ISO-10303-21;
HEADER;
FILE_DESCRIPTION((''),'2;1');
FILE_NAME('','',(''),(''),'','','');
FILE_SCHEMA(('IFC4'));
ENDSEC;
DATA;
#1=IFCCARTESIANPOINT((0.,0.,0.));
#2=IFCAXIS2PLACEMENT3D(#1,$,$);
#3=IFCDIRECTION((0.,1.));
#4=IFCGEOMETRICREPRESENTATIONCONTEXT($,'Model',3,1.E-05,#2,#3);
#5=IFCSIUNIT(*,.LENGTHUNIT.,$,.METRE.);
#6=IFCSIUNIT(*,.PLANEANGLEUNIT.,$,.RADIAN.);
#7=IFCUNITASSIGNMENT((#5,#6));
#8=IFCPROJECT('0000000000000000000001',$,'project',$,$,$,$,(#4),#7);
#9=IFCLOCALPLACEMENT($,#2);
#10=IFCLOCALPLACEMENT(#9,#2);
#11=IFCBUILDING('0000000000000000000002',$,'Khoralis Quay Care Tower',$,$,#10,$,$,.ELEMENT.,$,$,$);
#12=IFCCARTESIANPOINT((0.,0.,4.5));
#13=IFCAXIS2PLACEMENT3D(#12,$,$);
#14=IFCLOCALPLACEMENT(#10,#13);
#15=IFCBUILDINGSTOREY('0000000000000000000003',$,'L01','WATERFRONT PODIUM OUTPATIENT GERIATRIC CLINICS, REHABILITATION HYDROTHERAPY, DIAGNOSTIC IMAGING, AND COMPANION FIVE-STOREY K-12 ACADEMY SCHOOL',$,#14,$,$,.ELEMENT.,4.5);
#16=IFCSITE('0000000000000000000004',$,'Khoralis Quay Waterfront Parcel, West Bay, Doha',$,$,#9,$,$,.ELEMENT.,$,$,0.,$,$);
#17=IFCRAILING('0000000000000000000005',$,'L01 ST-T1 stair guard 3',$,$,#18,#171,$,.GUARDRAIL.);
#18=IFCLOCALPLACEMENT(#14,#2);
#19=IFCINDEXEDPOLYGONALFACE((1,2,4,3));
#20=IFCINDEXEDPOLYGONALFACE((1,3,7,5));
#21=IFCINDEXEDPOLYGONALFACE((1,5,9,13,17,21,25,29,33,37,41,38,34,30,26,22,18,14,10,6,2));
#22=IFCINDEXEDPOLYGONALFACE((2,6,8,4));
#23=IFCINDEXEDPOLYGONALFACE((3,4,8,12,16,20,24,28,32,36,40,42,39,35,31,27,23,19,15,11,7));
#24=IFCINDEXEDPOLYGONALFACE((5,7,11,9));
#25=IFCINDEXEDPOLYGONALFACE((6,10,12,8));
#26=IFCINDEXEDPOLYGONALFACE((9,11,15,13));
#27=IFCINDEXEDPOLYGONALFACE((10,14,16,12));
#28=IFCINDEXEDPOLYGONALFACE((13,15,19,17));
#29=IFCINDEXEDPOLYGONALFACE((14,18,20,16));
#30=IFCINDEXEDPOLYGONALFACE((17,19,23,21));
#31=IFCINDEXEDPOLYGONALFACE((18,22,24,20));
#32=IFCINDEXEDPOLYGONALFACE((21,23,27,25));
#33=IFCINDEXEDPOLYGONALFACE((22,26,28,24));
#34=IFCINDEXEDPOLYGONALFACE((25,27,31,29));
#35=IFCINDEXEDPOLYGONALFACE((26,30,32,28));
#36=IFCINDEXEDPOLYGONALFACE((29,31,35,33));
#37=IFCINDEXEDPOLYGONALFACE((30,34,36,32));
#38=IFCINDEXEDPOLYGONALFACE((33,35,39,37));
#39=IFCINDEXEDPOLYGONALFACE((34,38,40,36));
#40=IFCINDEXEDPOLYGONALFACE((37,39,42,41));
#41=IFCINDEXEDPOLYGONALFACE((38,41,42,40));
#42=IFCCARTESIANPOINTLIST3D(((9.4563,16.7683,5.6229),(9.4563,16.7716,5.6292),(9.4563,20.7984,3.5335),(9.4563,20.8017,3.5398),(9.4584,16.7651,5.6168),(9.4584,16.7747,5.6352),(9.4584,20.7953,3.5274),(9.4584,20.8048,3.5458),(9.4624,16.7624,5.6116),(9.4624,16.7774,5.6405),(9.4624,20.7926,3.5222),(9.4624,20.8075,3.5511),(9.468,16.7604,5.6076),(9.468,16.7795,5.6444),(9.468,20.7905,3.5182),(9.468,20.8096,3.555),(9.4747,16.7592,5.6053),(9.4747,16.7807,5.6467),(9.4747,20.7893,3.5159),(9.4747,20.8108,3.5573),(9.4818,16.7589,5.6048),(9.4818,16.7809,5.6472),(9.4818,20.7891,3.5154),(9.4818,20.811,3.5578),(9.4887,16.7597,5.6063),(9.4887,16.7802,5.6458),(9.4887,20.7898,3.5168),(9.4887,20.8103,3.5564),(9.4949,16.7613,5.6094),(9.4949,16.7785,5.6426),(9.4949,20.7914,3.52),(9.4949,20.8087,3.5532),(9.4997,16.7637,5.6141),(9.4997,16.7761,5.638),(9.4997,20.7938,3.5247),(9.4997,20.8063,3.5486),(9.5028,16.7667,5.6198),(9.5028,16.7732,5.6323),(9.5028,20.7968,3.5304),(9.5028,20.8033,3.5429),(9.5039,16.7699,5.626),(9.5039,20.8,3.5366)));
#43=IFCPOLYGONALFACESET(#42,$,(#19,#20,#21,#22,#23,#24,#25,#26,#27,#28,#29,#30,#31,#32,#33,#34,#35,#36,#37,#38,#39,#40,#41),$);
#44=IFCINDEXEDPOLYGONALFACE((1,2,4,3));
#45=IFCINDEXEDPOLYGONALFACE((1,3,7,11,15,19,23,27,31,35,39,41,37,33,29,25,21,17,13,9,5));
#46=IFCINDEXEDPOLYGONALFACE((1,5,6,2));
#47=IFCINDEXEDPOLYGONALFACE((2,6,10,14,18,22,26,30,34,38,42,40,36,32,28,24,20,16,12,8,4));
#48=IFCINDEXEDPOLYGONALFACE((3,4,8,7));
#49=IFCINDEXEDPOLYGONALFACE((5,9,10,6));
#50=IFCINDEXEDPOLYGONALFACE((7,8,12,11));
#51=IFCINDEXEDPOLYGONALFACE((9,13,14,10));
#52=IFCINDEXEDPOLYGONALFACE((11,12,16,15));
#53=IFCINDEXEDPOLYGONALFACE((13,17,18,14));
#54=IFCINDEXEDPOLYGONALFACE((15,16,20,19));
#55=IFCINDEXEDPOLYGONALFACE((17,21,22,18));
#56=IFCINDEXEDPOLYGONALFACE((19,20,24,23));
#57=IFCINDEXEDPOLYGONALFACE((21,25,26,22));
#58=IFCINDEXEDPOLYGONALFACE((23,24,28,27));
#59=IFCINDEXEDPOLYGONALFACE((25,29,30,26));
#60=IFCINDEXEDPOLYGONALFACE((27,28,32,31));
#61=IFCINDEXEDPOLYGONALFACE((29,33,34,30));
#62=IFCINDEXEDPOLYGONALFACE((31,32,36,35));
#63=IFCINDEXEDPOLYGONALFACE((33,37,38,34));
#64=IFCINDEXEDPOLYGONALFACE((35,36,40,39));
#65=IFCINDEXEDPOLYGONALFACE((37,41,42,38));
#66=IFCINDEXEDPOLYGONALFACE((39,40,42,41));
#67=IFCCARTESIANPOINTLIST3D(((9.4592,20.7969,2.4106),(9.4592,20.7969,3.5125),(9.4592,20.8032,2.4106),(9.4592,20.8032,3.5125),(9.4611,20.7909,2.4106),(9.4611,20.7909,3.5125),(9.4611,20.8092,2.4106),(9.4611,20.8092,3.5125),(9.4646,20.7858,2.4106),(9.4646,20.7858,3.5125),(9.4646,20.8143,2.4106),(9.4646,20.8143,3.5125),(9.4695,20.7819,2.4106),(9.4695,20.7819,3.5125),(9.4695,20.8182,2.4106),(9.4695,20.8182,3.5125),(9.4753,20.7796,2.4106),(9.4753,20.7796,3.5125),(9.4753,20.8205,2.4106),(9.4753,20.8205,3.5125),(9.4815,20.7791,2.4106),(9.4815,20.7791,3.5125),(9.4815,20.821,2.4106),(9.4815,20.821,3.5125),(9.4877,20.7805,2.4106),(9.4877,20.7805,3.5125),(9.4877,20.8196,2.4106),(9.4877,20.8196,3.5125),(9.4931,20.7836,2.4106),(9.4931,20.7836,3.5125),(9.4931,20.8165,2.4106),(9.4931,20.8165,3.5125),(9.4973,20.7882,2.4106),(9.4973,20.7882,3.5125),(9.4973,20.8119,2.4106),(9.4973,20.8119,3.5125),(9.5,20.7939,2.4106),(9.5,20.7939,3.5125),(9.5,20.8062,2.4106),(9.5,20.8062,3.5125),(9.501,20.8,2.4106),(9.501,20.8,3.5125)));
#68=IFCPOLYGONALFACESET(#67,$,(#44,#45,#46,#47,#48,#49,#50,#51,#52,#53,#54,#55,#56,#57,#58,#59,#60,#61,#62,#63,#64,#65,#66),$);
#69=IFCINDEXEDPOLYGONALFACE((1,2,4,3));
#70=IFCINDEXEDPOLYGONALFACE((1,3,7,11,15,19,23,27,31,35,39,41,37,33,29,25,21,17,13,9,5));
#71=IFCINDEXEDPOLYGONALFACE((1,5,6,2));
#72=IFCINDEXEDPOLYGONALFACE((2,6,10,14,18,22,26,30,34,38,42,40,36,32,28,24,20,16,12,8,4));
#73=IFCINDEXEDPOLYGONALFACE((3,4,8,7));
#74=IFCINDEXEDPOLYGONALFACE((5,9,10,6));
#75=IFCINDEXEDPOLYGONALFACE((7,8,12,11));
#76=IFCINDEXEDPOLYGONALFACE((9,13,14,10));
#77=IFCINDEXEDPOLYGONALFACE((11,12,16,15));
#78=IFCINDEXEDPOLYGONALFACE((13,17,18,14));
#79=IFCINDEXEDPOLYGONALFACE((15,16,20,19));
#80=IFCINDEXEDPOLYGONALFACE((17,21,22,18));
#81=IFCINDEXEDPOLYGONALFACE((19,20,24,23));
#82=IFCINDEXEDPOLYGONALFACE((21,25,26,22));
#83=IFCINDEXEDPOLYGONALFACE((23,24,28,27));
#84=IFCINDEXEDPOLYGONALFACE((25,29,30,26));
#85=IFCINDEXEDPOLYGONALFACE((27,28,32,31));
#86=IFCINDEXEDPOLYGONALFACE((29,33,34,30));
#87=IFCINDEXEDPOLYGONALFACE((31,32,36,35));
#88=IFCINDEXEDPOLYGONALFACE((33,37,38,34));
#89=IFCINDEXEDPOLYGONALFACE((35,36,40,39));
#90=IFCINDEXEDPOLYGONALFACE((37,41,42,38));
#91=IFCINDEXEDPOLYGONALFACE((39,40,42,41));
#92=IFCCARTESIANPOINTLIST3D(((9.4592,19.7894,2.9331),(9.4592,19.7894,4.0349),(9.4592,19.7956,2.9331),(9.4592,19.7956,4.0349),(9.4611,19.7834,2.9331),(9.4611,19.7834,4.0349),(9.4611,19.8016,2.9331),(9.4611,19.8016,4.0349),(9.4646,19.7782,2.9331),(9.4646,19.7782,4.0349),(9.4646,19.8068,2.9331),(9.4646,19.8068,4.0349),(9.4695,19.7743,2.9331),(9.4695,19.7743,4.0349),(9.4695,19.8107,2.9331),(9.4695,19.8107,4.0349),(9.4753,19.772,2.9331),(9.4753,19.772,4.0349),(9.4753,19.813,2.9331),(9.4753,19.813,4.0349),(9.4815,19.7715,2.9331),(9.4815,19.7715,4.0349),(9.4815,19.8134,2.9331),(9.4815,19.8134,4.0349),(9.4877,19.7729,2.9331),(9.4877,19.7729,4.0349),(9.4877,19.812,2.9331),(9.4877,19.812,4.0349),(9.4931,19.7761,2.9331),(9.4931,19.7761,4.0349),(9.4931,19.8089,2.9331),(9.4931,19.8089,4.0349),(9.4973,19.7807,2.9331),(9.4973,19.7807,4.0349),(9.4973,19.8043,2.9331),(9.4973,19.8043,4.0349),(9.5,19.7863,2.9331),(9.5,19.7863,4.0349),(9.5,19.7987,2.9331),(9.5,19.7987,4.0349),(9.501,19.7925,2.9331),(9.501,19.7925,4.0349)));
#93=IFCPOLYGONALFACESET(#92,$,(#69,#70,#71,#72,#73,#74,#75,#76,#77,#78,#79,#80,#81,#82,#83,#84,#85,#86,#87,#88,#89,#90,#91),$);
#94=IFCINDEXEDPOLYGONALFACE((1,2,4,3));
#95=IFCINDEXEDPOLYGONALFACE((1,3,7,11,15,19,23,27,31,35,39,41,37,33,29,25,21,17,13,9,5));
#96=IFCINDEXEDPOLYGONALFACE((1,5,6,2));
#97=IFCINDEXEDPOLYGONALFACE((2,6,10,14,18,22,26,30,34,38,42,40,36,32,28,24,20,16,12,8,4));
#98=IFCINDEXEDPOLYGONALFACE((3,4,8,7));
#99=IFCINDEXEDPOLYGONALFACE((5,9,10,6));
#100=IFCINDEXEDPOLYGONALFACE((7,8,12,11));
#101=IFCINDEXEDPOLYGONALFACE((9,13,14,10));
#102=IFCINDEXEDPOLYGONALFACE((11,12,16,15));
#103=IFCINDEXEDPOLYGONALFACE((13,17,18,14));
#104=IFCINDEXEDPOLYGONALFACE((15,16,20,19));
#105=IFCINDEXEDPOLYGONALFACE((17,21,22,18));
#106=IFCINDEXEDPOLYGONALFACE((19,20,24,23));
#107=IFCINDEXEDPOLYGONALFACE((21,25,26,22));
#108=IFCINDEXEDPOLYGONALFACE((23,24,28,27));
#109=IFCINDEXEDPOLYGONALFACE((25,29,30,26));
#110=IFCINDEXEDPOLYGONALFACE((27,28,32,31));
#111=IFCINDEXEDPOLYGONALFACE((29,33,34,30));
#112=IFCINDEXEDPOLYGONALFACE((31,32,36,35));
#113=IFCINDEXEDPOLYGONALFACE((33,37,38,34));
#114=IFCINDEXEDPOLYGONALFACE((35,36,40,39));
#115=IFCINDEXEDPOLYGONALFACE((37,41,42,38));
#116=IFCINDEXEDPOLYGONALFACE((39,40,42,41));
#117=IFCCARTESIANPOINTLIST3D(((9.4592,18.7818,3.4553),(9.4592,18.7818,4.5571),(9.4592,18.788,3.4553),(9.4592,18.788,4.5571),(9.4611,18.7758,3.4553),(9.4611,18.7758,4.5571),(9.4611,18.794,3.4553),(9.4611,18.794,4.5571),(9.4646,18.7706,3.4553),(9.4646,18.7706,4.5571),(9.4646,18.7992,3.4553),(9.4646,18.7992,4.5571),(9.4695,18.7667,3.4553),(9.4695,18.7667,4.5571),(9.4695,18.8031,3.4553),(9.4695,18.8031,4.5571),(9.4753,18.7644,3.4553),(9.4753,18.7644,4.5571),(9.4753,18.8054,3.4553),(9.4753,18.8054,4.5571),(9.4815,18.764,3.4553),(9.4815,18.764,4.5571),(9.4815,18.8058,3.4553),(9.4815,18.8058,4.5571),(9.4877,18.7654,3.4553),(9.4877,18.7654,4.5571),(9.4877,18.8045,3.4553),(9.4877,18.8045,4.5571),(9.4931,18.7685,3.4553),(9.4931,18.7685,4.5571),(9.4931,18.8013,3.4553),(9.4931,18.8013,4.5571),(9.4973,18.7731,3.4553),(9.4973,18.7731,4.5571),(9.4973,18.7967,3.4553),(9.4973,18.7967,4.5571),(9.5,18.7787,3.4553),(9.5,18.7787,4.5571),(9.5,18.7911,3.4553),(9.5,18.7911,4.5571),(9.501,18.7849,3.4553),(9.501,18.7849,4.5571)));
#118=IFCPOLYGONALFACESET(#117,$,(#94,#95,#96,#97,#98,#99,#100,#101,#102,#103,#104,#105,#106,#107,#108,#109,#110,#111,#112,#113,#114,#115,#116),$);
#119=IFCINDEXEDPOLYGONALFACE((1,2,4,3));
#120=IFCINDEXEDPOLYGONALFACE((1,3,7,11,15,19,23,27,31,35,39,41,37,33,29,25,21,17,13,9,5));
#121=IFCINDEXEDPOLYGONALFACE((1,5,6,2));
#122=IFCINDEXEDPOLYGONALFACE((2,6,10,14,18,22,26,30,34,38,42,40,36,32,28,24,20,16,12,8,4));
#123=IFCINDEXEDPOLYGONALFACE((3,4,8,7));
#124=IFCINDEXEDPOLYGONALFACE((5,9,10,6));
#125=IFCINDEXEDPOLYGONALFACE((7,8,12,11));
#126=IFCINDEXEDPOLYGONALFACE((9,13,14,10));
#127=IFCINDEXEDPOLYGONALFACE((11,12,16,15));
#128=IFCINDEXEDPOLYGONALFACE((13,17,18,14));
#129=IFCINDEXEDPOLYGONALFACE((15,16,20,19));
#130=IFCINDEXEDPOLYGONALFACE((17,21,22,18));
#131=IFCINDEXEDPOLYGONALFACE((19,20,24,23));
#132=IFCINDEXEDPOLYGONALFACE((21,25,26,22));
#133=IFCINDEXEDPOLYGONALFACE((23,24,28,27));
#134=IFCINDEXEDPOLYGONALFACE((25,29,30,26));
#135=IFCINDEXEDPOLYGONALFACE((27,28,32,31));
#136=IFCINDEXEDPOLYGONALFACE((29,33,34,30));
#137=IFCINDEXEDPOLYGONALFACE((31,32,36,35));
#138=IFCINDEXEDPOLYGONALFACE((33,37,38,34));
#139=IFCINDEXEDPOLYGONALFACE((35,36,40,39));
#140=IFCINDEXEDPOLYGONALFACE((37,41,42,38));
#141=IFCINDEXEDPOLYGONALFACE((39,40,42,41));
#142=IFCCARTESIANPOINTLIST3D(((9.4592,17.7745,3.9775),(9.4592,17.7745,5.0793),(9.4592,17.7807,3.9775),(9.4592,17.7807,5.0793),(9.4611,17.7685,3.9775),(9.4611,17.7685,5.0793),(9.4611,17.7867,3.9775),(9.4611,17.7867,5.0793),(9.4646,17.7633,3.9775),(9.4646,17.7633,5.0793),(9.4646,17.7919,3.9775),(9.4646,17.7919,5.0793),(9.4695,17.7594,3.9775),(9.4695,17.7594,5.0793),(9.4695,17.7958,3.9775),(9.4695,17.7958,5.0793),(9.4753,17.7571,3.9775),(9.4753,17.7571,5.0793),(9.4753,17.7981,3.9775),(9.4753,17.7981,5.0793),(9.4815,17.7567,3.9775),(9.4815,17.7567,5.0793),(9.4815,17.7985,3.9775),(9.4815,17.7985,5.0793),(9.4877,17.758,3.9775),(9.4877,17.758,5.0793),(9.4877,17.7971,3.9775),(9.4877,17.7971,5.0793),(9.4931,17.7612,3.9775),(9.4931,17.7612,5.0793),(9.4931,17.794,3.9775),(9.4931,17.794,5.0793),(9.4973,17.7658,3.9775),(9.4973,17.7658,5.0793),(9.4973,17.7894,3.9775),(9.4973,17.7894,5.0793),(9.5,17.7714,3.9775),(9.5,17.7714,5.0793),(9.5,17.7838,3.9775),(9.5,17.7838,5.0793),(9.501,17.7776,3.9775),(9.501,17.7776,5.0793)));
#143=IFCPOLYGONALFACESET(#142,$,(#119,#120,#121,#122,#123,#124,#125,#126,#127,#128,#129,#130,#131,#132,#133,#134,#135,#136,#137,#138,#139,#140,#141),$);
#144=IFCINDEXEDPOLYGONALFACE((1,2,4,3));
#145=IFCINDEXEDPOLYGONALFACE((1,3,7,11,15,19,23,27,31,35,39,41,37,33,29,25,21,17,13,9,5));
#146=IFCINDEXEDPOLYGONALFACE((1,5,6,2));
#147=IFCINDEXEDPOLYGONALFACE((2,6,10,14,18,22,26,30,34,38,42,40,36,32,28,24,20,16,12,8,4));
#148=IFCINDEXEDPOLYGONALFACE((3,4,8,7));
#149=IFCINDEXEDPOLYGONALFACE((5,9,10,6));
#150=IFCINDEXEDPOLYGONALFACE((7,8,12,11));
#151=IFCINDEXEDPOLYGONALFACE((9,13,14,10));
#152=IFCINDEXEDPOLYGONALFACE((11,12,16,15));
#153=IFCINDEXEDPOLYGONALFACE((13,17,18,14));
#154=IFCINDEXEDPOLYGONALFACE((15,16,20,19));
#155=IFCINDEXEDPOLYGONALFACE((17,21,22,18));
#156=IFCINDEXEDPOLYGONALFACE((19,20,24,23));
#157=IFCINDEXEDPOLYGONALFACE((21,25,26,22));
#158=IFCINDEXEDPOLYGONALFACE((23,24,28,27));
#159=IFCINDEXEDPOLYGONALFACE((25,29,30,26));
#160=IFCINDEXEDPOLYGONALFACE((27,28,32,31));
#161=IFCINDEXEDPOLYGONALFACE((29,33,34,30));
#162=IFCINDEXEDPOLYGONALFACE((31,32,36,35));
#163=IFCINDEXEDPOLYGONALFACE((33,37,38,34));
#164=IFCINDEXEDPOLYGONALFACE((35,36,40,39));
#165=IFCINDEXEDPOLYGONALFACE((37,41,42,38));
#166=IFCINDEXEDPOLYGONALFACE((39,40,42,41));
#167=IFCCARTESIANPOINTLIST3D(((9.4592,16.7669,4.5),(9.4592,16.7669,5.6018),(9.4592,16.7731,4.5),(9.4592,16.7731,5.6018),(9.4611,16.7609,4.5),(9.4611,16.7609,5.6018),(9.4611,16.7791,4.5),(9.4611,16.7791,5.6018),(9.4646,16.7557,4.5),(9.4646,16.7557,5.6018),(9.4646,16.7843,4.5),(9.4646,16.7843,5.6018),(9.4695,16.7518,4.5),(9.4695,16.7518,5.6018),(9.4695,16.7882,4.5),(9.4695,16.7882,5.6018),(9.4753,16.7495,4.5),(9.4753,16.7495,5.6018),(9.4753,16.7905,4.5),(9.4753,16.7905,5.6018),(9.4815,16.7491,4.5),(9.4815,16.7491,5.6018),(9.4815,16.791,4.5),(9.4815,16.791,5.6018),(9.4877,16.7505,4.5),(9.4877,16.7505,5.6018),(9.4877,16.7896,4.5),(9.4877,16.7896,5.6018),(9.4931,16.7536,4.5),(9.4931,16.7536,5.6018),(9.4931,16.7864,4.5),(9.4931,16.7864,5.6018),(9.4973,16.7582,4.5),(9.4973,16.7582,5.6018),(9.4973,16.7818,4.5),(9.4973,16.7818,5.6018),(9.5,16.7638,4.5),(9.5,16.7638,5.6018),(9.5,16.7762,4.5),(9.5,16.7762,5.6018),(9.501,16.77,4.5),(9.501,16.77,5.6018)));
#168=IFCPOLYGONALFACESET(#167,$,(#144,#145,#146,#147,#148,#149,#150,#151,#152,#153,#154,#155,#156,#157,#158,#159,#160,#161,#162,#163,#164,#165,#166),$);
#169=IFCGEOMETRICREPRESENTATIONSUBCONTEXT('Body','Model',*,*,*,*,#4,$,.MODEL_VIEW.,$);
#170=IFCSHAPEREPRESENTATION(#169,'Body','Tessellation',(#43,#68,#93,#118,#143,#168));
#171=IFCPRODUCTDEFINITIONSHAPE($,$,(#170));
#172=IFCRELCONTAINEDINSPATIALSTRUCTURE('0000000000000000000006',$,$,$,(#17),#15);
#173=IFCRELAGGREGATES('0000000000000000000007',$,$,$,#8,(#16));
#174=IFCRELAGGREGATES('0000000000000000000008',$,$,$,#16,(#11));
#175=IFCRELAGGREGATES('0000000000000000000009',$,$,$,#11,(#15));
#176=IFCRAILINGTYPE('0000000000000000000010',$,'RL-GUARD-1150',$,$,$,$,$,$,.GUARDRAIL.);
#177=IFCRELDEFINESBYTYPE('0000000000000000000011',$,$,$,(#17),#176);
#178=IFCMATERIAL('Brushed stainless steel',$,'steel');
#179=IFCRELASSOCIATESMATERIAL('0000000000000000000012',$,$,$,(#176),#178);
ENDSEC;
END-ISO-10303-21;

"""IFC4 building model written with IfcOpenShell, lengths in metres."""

from ifc_helpers import new_model, si_unit, direction, frame, origin, origin_2d, place, context, subcontext, project, spatial, circle, extrude, material, type_object, element, save


model = new_model("IFC4")

# Units and contexts
model_context = context("Model", 3, precision=1e-05, world=origin(), true_north=direction((0.0, 1.0)))
body_context = subcontext(model_context, "Body", "Model", "MODEL_VIEW")
ifc_project = project(units=[si_unit("LENGTHUNIT", "METRE"), si_unit("PLANEANGLEUNIT", "RADIAN")], contexts=[model_context])

# Site, building, storey
site_placement = place(None, origin())
site = spatial("IfcSite", under=ifc_project, at=site_placement, Name="Khoralis Quay Waterfront Parcel, West Bay, Doha", CompositionType="ELEMENT", RefElevation=0.0)
building_placement = place(site_placement, origin())
building = spatial("IfcBuilding", under=site, at=building_placement, Name="Khoralis Quay Care Tower", CompositionType="ELEMENT")
storey_placement = place(building_placement, frame((0.0, 0.0, 4.5)))
storey = spatial("IfcBuildingStorey", under=building, at=storey_placement, Name="L01", Description="WATERFRONT PODIUM OUTPATIENT GERIATRIC CLINICS, REHABILITATION HYDROTHERAPY, DIAGNOSTIC IMAGING, AND COMPANION FIVE-STOREY K-12 ACADEMY SCHOOL", CompositionType="ELEMENT", Elevation=4.5)

# Railing
ifc_material_1 = material(Name="Brushed stainless steel", Category="steel")
railing_type_1 = type_object("IfcRailingType", Name="RL-GUARD-1150", PredefinedType="GUARDRAIL", material=ifc_material_1)
railing_1_placement = place(storey_placement, frame((9.48, 20.8, 2.4106)))
element("IfcRailing", 1, at=railing_1_placement, inside=storey, type_object=railing_type_1, Name="L01 ST-T1 stair guard 3", PredefinedType="GUARDRAIL", context=body_context, shape_type="SweptSolid", body=[
    extrude(circle(Radius=0.0239, at=origin_2d()), frame((0.0, 0.0, 1.126), z_axis=(0.0, -0.887781, 0.460267), x_axis=(1.0, 0.0, 0.0)), (0.0, 0.0, 1.0), 4.5396),
    extrude(circle(Radius=0.021, at=origin_2d()), origin(), (0.0, 0.0, 1.0), 1.1018),
    extrude(circle(Radius=0.021, at=origin_2d()), frame((0.0, -1.0076, 0.5225)), (0.0, 0.0, 1.0), 1.1018),
    extrude(circle(Radius=0.021, at=origin_2d()), frame((0.0, -2.0151, 1.0447)), (0.0, 0.0, 1.0), 1.1018),
    extrude(circle(Radius=0.021, at=origin_2d()), frame((0.0, -3.0225, 1.5669)), (0.0, 0.0, 1.0), 1.1018),
    extrude(circle(Radius=0.021, at=origin_2d()), frame((0.0, -4.03, 2.0894)), (0.0, 0.0, 1.0), 1.1018),
])

save(model, "model.ifc")
